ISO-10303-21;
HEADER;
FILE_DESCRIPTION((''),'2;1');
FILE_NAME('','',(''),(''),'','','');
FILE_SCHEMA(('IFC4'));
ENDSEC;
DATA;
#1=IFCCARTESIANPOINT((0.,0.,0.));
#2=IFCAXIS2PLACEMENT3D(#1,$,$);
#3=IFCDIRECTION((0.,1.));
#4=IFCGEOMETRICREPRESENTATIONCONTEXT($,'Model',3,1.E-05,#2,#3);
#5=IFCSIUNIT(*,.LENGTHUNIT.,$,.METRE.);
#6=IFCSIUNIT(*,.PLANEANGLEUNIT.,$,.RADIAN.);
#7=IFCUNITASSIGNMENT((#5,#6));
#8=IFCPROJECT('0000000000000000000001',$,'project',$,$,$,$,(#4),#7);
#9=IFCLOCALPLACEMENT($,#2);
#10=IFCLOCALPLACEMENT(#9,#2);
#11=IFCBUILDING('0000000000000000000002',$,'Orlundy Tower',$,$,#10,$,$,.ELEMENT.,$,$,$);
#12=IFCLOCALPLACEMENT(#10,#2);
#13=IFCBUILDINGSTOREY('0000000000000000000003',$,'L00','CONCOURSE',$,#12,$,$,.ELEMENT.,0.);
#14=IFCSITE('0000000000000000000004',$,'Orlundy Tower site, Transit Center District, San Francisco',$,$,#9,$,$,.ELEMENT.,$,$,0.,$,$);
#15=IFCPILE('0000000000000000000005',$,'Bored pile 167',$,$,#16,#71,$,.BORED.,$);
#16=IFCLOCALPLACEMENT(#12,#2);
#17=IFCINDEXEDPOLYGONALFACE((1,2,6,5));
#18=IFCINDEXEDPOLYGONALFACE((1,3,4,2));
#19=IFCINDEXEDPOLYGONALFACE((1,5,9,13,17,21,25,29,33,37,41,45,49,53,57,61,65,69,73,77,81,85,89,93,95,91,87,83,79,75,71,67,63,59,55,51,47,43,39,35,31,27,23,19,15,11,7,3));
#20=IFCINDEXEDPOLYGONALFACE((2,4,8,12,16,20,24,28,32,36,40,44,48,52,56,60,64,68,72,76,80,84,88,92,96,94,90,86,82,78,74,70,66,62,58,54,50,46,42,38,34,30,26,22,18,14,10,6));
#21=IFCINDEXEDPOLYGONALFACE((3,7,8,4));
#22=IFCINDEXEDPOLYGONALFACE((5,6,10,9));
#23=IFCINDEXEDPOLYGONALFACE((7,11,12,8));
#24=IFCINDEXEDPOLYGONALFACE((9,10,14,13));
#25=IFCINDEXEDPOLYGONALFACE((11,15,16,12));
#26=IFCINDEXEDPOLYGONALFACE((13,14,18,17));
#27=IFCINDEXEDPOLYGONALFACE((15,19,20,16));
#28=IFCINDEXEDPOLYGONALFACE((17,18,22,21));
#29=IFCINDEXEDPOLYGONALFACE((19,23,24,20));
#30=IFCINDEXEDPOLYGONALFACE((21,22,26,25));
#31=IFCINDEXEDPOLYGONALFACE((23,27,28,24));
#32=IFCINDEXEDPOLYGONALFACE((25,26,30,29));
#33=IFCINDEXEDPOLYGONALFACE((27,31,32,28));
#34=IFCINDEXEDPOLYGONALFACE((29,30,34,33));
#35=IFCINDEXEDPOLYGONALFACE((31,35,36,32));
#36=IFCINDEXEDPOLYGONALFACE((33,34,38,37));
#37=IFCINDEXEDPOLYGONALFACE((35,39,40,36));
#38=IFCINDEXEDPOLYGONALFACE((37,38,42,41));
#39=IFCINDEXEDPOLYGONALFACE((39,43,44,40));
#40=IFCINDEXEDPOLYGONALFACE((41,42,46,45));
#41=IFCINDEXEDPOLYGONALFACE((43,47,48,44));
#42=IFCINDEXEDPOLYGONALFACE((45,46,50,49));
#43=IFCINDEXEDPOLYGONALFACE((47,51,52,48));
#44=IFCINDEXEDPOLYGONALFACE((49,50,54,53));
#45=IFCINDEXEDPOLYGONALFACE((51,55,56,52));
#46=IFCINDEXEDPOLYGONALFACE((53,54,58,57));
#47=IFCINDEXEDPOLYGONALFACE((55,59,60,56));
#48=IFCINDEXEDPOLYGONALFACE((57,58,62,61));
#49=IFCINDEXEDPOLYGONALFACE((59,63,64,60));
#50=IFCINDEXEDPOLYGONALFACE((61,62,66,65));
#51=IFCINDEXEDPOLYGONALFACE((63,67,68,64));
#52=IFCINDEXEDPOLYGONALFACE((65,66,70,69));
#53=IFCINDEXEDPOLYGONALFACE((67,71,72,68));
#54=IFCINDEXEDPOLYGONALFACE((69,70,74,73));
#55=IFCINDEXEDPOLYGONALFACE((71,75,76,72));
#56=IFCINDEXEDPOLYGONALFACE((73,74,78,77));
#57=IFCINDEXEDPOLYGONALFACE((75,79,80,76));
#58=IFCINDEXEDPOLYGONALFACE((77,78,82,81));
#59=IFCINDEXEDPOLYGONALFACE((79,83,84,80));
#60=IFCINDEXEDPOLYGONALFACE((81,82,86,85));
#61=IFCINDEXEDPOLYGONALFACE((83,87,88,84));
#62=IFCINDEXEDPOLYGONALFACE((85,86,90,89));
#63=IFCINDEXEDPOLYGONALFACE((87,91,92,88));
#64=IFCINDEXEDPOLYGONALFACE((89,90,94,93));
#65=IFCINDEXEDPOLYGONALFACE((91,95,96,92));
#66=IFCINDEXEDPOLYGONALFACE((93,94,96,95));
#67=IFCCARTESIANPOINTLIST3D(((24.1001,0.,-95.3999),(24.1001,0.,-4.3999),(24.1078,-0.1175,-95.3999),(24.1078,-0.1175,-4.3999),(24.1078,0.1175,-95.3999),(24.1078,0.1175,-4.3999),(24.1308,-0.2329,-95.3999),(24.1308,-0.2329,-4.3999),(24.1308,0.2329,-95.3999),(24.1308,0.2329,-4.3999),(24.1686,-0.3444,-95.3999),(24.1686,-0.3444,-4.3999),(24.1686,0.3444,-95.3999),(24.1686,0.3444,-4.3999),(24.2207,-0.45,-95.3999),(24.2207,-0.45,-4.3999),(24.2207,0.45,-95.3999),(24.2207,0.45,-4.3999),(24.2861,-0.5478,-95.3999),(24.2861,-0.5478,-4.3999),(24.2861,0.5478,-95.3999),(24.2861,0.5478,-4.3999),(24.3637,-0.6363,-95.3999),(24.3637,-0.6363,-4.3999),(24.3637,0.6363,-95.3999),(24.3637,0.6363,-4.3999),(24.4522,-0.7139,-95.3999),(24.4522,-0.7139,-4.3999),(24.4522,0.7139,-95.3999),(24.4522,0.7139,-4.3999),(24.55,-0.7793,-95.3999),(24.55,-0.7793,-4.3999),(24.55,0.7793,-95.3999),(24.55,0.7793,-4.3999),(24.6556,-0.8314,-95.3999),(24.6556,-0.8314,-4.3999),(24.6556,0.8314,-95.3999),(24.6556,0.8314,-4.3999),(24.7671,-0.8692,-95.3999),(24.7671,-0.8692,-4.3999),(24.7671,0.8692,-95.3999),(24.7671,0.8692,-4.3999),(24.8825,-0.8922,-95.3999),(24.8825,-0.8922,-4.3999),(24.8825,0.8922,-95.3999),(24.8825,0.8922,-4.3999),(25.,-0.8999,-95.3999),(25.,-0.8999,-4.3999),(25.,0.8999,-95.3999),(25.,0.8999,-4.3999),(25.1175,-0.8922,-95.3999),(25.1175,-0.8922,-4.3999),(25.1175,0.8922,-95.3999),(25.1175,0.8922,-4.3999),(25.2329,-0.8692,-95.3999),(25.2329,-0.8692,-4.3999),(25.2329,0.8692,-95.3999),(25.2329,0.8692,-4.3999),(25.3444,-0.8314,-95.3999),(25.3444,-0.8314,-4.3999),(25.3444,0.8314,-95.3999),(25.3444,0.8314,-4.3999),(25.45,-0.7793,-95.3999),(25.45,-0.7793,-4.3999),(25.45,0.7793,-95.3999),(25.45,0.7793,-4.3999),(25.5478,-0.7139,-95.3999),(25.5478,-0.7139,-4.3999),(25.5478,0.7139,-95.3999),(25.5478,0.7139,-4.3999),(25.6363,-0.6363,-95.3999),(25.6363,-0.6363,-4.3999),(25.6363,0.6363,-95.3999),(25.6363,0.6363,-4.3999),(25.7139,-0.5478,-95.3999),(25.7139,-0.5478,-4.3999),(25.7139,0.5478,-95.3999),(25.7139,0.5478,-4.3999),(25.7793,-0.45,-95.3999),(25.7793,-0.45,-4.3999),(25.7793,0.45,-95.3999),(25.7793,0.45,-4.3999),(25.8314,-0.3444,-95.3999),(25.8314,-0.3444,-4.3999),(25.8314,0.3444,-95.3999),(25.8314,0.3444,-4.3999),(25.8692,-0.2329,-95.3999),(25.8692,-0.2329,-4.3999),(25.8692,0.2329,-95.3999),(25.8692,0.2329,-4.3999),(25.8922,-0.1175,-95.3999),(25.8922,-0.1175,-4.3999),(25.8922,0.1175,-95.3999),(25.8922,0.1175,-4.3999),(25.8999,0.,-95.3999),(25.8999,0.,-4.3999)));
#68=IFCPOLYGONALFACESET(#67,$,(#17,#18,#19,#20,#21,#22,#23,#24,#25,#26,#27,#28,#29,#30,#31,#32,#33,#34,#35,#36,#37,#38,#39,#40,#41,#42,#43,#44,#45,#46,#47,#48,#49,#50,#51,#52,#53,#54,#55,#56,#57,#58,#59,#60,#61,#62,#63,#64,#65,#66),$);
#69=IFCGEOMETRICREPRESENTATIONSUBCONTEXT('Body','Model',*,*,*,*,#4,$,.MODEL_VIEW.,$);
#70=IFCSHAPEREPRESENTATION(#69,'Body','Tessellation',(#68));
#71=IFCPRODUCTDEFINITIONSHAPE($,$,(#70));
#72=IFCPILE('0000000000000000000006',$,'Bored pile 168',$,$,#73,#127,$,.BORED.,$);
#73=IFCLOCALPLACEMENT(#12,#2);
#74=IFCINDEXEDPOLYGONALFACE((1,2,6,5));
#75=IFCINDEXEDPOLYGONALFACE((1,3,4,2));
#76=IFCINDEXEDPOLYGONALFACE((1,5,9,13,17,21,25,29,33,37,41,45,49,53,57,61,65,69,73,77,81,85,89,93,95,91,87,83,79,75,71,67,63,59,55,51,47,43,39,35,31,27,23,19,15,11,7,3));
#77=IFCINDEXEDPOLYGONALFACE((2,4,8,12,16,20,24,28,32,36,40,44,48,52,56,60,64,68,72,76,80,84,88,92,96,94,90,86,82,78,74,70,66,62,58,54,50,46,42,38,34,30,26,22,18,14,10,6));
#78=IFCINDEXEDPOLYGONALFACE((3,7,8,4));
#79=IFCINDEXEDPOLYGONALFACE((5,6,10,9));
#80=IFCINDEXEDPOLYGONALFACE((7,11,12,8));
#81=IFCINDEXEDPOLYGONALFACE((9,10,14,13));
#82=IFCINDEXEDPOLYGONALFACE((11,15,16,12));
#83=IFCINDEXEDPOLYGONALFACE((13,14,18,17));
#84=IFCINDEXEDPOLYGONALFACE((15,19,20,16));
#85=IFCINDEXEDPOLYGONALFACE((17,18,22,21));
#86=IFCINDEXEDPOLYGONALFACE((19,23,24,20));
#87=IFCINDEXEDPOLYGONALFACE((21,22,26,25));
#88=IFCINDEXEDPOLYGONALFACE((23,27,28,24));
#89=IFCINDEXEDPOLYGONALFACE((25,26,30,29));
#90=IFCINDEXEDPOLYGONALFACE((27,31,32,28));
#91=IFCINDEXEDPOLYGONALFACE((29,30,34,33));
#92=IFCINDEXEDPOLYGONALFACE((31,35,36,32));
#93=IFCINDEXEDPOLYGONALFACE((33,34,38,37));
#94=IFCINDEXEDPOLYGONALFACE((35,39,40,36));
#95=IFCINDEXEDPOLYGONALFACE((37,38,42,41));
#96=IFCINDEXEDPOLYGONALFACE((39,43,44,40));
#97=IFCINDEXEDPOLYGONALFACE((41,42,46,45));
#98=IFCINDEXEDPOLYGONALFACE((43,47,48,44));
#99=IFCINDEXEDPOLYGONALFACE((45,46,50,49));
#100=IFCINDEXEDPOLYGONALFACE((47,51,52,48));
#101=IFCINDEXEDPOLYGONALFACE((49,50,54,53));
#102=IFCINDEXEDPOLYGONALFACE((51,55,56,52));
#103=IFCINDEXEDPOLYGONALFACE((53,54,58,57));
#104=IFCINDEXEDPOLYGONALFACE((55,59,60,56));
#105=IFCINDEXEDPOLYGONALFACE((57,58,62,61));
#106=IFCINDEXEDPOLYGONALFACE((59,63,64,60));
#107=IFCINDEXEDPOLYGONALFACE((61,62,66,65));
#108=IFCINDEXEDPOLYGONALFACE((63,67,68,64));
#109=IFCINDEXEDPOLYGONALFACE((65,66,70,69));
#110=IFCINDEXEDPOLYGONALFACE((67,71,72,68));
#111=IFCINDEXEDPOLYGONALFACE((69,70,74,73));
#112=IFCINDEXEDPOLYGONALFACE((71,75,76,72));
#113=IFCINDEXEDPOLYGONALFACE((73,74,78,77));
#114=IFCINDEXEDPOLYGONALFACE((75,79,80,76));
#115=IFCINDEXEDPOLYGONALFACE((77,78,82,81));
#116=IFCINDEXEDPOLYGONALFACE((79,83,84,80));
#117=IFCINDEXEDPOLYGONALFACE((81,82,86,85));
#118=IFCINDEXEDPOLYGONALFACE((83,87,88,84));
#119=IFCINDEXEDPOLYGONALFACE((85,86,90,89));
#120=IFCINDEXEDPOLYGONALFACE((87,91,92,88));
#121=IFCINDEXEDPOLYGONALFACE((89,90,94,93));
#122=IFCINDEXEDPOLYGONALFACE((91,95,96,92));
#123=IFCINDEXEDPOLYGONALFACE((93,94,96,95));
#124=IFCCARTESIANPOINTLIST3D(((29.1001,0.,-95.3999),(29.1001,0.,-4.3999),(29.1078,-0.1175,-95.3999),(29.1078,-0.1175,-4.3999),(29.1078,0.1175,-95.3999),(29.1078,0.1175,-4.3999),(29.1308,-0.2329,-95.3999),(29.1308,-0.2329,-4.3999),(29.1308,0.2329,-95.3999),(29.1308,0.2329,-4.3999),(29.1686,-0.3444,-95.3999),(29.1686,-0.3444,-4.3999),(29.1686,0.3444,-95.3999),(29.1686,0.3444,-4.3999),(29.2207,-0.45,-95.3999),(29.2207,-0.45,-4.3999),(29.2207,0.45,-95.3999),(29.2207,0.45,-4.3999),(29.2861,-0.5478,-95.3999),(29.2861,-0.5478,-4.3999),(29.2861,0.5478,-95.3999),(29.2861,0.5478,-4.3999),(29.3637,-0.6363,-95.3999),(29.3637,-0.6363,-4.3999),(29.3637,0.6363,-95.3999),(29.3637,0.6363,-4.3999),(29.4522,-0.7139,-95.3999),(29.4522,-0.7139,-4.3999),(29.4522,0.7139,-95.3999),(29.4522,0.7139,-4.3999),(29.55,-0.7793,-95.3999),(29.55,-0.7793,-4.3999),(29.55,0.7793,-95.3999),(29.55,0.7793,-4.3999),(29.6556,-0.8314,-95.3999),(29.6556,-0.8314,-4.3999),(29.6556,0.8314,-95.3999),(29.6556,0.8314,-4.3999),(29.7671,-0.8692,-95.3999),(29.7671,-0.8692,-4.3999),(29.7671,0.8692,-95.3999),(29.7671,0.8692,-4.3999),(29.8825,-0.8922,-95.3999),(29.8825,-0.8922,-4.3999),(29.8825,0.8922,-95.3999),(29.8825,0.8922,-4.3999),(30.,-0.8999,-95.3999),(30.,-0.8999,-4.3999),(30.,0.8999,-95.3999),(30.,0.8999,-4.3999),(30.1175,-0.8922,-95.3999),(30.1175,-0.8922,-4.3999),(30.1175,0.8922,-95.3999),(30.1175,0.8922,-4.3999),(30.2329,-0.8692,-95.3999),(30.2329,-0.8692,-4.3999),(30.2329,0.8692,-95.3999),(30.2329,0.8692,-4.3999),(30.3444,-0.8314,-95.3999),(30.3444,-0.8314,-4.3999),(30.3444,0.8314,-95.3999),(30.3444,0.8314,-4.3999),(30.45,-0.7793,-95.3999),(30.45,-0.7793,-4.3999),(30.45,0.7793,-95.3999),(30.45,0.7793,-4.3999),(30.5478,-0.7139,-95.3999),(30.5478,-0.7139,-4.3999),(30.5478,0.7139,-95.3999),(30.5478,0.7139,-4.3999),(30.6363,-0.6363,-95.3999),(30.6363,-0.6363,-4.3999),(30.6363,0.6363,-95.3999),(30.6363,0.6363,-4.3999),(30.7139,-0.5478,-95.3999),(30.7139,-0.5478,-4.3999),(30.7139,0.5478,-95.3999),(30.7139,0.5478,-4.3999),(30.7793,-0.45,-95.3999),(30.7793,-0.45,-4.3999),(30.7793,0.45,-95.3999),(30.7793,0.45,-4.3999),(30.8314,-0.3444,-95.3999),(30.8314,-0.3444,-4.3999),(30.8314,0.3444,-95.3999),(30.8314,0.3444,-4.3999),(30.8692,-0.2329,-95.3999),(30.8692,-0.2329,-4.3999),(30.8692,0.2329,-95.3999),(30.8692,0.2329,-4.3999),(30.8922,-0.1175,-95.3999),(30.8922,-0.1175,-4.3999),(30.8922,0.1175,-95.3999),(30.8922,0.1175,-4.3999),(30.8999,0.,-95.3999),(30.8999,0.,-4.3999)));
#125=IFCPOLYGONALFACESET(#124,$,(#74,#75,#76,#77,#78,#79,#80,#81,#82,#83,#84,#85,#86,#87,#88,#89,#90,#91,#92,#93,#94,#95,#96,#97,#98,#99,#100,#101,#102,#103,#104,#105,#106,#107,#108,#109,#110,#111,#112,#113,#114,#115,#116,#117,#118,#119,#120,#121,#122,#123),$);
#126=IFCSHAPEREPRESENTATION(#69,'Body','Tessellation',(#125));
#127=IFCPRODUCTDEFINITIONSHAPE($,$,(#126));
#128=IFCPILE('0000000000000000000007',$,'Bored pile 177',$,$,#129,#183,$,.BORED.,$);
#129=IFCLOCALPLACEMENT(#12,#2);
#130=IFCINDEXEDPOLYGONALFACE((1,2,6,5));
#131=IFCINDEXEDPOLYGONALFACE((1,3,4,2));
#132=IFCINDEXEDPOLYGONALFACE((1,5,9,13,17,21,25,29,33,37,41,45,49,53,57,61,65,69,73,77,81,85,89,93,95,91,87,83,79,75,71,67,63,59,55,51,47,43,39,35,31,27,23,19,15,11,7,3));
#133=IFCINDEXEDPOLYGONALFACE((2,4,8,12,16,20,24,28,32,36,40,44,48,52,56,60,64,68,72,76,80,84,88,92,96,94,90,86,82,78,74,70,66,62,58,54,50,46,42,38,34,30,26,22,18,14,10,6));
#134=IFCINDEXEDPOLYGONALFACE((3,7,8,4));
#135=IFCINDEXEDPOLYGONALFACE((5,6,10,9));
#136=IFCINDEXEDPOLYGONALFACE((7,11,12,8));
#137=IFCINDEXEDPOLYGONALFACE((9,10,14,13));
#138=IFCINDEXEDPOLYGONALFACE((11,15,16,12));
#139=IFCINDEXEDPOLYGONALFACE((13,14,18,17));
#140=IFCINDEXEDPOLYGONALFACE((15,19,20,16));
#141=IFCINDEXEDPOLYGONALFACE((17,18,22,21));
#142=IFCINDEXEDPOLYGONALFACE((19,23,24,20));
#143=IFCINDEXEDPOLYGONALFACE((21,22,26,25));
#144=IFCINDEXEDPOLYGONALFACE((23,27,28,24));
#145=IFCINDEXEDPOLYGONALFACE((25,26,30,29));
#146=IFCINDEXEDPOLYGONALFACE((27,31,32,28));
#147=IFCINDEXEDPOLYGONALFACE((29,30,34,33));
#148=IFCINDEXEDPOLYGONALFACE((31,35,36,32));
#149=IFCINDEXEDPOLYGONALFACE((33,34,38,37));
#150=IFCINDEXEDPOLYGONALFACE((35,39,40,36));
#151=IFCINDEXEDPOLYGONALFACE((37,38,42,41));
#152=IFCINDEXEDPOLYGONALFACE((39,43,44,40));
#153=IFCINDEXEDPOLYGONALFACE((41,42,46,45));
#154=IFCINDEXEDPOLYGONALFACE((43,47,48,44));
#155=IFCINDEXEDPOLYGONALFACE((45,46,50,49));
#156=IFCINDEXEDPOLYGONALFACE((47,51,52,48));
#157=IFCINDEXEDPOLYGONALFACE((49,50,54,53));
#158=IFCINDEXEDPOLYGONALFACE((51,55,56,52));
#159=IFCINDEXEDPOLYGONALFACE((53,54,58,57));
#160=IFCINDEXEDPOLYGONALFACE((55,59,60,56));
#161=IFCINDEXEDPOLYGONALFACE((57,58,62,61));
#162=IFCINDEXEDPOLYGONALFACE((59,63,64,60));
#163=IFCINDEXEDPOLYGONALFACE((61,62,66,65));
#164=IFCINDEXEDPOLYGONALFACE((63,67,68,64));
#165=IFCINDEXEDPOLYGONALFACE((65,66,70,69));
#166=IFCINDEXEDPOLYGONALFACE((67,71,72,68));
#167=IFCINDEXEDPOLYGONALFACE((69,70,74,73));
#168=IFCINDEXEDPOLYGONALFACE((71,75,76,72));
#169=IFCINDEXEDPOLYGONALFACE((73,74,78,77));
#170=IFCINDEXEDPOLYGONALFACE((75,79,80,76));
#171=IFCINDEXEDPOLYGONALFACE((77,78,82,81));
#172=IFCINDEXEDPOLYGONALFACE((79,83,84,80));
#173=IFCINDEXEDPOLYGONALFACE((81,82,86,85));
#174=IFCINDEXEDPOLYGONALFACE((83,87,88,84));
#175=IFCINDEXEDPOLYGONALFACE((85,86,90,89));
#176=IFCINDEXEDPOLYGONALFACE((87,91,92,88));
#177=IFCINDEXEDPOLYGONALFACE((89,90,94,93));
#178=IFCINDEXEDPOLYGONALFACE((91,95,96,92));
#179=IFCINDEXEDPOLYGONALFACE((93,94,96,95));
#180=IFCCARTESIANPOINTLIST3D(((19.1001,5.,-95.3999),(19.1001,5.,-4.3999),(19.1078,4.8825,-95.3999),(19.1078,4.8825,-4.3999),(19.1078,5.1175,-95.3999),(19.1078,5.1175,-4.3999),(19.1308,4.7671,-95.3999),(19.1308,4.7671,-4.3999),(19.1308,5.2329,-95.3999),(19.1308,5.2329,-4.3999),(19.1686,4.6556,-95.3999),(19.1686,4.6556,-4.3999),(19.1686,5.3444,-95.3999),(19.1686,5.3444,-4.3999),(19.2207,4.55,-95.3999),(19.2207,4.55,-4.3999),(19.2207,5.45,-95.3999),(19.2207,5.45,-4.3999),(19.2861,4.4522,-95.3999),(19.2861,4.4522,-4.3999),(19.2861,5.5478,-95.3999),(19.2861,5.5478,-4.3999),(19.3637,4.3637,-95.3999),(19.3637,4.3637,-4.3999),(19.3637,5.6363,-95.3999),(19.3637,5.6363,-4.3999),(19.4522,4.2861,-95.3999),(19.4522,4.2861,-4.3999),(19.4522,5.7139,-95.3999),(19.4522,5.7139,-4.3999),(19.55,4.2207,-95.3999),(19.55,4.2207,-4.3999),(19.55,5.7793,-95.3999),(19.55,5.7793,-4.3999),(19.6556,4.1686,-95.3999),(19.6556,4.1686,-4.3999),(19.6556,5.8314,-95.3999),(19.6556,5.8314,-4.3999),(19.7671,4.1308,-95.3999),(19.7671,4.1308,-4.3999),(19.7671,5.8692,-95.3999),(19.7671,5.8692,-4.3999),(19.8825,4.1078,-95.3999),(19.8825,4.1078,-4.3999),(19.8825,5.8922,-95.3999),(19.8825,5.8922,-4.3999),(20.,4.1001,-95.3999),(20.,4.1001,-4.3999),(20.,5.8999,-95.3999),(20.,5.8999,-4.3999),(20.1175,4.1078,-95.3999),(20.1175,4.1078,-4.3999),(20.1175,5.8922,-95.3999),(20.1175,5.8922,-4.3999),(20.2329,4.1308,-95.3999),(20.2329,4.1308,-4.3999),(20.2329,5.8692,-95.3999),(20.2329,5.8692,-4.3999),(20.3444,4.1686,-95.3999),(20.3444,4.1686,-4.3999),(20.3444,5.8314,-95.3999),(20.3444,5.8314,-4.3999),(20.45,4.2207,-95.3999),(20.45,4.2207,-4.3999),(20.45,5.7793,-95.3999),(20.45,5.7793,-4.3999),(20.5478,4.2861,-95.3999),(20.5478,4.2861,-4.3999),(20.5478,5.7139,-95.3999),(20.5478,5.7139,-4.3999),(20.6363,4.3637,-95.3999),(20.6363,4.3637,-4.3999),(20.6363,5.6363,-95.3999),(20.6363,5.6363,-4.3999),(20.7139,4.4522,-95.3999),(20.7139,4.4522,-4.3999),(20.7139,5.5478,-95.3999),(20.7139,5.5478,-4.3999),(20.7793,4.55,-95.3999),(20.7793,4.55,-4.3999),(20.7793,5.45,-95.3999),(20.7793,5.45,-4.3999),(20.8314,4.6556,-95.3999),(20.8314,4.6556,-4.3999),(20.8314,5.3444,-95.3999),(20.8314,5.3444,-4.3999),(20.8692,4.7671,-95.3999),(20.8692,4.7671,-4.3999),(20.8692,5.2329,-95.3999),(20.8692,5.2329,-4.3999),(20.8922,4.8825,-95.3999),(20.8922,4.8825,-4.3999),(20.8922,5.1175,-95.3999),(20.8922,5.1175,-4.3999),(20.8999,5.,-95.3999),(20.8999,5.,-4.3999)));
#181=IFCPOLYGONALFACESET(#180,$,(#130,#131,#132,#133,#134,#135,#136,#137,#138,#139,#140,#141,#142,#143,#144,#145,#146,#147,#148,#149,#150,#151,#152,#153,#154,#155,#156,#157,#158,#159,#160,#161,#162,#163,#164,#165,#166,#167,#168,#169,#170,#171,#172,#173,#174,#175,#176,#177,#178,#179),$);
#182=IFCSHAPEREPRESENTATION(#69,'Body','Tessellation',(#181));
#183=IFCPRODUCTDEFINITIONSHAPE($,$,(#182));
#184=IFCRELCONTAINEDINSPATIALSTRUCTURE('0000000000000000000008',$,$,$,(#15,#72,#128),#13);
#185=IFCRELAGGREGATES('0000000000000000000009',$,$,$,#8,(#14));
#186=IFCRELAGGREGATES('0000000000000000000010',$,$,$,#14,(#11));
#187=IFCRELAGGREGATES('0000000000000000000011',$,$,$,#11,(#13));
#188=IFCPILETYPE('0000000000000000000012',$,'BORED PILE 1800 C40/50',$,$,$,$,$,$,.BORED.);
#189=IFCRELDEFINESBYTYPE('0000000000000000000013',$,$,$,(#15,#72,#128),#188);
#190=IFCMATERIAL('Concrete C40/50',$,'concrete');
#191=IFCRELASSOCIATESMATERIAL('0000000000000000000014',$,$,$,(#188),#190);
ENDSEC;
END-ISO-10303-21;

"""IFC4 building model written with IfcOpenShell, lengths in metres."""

from ifc_helpers import new_model, si_unit, direction, frame, origin, origin_2d, place, context, subcontext, project, spatial, circle, extrude, material, material_profile, profile_set, type_object, element, save


model = new_model("IFC4")

# Units and contexts
model_context = context("Model", 3, precision=1e-05, world=origin(), true_north=direction((0.0, 1.0)))
body_context = subcontext(model_context, "Body", "Model", "MODEL_VIEW")
ifc_project = project(units=[si_unit("LENGTHUNIT", "METRE"), si_unit("PLANEANGLEUNIT", "RADIAN")], contexts=[model_context])

# Site, building, storey
site_placement = place(None, origin())
site = spatial("IfcSite", under=ifc_project, at=site_placement, Name="Orlundy Tower site, Transit Center District, San Francisco", CompositionType="ELEMENT", RefElevation=0.0)
building_placement = place(site_placement, origin())
building = spatial("IfcBuilding", under=site, at=building_placement, Name="Orlundy Tower", CompositionType="ELEMENT")
storey_placement = place(building_placement, origin())
storey = spatial("IfcBuildingStorey", under=building, at=storey_placement, Name="L00", Description="CONCOURSE", CompositionType="ELEMENT", Elevation=0.0)

# Piles
ifc_material_1 = material(Name="Concrete C40/50", Category="concrete")
ifc_material_profile_1 = material_profile(ifc_material_1, circle(Radius=0.8999, at=origin_2d()), Name="BP1800")
ifc_profile_set_1 = profile_set([ifc_material_profile_1], Name="Concrete C40/50")
pile_type = type_object("IfcPileType", Name="BORED PILE 1800 C40/50", PredefinedType="BORED", material=ifc_profile_set_1)
for number, where, z_axis, x_axis, name in (
    (1, (25.0, 0.0, -4.3999), (0.0, 0.0, -1.0), (1.0, 0.0, 0.0), "Bored pile 167"),
    (2, (30.0, 0.0, -4.3999), (0.0, 0.0, -1.0), (1.0, 0.0, 0.0), "Bored pile 168"),
    (3, (20.0, 5.0, -4.3999), (0.0, 0.0, -1.0), (1.0, 0.0, 0.0), "Bored pile 177"),
):
    element("IfcPile", number, at=place(storey_placement, frame(where, z_axis=z_axis, x_axis=x_axis)), inside=storey, type_object=pile_type, Name=name, PredefinedType="BORED", context=body_context, shape_type="SweptSolid", body=[
        extrude(circle(Radius=0.8999, at=origin_2d()), origin(), (0.0, 0.0, 1.0), 91.0),
    ])

save(model, "model.ifc")
